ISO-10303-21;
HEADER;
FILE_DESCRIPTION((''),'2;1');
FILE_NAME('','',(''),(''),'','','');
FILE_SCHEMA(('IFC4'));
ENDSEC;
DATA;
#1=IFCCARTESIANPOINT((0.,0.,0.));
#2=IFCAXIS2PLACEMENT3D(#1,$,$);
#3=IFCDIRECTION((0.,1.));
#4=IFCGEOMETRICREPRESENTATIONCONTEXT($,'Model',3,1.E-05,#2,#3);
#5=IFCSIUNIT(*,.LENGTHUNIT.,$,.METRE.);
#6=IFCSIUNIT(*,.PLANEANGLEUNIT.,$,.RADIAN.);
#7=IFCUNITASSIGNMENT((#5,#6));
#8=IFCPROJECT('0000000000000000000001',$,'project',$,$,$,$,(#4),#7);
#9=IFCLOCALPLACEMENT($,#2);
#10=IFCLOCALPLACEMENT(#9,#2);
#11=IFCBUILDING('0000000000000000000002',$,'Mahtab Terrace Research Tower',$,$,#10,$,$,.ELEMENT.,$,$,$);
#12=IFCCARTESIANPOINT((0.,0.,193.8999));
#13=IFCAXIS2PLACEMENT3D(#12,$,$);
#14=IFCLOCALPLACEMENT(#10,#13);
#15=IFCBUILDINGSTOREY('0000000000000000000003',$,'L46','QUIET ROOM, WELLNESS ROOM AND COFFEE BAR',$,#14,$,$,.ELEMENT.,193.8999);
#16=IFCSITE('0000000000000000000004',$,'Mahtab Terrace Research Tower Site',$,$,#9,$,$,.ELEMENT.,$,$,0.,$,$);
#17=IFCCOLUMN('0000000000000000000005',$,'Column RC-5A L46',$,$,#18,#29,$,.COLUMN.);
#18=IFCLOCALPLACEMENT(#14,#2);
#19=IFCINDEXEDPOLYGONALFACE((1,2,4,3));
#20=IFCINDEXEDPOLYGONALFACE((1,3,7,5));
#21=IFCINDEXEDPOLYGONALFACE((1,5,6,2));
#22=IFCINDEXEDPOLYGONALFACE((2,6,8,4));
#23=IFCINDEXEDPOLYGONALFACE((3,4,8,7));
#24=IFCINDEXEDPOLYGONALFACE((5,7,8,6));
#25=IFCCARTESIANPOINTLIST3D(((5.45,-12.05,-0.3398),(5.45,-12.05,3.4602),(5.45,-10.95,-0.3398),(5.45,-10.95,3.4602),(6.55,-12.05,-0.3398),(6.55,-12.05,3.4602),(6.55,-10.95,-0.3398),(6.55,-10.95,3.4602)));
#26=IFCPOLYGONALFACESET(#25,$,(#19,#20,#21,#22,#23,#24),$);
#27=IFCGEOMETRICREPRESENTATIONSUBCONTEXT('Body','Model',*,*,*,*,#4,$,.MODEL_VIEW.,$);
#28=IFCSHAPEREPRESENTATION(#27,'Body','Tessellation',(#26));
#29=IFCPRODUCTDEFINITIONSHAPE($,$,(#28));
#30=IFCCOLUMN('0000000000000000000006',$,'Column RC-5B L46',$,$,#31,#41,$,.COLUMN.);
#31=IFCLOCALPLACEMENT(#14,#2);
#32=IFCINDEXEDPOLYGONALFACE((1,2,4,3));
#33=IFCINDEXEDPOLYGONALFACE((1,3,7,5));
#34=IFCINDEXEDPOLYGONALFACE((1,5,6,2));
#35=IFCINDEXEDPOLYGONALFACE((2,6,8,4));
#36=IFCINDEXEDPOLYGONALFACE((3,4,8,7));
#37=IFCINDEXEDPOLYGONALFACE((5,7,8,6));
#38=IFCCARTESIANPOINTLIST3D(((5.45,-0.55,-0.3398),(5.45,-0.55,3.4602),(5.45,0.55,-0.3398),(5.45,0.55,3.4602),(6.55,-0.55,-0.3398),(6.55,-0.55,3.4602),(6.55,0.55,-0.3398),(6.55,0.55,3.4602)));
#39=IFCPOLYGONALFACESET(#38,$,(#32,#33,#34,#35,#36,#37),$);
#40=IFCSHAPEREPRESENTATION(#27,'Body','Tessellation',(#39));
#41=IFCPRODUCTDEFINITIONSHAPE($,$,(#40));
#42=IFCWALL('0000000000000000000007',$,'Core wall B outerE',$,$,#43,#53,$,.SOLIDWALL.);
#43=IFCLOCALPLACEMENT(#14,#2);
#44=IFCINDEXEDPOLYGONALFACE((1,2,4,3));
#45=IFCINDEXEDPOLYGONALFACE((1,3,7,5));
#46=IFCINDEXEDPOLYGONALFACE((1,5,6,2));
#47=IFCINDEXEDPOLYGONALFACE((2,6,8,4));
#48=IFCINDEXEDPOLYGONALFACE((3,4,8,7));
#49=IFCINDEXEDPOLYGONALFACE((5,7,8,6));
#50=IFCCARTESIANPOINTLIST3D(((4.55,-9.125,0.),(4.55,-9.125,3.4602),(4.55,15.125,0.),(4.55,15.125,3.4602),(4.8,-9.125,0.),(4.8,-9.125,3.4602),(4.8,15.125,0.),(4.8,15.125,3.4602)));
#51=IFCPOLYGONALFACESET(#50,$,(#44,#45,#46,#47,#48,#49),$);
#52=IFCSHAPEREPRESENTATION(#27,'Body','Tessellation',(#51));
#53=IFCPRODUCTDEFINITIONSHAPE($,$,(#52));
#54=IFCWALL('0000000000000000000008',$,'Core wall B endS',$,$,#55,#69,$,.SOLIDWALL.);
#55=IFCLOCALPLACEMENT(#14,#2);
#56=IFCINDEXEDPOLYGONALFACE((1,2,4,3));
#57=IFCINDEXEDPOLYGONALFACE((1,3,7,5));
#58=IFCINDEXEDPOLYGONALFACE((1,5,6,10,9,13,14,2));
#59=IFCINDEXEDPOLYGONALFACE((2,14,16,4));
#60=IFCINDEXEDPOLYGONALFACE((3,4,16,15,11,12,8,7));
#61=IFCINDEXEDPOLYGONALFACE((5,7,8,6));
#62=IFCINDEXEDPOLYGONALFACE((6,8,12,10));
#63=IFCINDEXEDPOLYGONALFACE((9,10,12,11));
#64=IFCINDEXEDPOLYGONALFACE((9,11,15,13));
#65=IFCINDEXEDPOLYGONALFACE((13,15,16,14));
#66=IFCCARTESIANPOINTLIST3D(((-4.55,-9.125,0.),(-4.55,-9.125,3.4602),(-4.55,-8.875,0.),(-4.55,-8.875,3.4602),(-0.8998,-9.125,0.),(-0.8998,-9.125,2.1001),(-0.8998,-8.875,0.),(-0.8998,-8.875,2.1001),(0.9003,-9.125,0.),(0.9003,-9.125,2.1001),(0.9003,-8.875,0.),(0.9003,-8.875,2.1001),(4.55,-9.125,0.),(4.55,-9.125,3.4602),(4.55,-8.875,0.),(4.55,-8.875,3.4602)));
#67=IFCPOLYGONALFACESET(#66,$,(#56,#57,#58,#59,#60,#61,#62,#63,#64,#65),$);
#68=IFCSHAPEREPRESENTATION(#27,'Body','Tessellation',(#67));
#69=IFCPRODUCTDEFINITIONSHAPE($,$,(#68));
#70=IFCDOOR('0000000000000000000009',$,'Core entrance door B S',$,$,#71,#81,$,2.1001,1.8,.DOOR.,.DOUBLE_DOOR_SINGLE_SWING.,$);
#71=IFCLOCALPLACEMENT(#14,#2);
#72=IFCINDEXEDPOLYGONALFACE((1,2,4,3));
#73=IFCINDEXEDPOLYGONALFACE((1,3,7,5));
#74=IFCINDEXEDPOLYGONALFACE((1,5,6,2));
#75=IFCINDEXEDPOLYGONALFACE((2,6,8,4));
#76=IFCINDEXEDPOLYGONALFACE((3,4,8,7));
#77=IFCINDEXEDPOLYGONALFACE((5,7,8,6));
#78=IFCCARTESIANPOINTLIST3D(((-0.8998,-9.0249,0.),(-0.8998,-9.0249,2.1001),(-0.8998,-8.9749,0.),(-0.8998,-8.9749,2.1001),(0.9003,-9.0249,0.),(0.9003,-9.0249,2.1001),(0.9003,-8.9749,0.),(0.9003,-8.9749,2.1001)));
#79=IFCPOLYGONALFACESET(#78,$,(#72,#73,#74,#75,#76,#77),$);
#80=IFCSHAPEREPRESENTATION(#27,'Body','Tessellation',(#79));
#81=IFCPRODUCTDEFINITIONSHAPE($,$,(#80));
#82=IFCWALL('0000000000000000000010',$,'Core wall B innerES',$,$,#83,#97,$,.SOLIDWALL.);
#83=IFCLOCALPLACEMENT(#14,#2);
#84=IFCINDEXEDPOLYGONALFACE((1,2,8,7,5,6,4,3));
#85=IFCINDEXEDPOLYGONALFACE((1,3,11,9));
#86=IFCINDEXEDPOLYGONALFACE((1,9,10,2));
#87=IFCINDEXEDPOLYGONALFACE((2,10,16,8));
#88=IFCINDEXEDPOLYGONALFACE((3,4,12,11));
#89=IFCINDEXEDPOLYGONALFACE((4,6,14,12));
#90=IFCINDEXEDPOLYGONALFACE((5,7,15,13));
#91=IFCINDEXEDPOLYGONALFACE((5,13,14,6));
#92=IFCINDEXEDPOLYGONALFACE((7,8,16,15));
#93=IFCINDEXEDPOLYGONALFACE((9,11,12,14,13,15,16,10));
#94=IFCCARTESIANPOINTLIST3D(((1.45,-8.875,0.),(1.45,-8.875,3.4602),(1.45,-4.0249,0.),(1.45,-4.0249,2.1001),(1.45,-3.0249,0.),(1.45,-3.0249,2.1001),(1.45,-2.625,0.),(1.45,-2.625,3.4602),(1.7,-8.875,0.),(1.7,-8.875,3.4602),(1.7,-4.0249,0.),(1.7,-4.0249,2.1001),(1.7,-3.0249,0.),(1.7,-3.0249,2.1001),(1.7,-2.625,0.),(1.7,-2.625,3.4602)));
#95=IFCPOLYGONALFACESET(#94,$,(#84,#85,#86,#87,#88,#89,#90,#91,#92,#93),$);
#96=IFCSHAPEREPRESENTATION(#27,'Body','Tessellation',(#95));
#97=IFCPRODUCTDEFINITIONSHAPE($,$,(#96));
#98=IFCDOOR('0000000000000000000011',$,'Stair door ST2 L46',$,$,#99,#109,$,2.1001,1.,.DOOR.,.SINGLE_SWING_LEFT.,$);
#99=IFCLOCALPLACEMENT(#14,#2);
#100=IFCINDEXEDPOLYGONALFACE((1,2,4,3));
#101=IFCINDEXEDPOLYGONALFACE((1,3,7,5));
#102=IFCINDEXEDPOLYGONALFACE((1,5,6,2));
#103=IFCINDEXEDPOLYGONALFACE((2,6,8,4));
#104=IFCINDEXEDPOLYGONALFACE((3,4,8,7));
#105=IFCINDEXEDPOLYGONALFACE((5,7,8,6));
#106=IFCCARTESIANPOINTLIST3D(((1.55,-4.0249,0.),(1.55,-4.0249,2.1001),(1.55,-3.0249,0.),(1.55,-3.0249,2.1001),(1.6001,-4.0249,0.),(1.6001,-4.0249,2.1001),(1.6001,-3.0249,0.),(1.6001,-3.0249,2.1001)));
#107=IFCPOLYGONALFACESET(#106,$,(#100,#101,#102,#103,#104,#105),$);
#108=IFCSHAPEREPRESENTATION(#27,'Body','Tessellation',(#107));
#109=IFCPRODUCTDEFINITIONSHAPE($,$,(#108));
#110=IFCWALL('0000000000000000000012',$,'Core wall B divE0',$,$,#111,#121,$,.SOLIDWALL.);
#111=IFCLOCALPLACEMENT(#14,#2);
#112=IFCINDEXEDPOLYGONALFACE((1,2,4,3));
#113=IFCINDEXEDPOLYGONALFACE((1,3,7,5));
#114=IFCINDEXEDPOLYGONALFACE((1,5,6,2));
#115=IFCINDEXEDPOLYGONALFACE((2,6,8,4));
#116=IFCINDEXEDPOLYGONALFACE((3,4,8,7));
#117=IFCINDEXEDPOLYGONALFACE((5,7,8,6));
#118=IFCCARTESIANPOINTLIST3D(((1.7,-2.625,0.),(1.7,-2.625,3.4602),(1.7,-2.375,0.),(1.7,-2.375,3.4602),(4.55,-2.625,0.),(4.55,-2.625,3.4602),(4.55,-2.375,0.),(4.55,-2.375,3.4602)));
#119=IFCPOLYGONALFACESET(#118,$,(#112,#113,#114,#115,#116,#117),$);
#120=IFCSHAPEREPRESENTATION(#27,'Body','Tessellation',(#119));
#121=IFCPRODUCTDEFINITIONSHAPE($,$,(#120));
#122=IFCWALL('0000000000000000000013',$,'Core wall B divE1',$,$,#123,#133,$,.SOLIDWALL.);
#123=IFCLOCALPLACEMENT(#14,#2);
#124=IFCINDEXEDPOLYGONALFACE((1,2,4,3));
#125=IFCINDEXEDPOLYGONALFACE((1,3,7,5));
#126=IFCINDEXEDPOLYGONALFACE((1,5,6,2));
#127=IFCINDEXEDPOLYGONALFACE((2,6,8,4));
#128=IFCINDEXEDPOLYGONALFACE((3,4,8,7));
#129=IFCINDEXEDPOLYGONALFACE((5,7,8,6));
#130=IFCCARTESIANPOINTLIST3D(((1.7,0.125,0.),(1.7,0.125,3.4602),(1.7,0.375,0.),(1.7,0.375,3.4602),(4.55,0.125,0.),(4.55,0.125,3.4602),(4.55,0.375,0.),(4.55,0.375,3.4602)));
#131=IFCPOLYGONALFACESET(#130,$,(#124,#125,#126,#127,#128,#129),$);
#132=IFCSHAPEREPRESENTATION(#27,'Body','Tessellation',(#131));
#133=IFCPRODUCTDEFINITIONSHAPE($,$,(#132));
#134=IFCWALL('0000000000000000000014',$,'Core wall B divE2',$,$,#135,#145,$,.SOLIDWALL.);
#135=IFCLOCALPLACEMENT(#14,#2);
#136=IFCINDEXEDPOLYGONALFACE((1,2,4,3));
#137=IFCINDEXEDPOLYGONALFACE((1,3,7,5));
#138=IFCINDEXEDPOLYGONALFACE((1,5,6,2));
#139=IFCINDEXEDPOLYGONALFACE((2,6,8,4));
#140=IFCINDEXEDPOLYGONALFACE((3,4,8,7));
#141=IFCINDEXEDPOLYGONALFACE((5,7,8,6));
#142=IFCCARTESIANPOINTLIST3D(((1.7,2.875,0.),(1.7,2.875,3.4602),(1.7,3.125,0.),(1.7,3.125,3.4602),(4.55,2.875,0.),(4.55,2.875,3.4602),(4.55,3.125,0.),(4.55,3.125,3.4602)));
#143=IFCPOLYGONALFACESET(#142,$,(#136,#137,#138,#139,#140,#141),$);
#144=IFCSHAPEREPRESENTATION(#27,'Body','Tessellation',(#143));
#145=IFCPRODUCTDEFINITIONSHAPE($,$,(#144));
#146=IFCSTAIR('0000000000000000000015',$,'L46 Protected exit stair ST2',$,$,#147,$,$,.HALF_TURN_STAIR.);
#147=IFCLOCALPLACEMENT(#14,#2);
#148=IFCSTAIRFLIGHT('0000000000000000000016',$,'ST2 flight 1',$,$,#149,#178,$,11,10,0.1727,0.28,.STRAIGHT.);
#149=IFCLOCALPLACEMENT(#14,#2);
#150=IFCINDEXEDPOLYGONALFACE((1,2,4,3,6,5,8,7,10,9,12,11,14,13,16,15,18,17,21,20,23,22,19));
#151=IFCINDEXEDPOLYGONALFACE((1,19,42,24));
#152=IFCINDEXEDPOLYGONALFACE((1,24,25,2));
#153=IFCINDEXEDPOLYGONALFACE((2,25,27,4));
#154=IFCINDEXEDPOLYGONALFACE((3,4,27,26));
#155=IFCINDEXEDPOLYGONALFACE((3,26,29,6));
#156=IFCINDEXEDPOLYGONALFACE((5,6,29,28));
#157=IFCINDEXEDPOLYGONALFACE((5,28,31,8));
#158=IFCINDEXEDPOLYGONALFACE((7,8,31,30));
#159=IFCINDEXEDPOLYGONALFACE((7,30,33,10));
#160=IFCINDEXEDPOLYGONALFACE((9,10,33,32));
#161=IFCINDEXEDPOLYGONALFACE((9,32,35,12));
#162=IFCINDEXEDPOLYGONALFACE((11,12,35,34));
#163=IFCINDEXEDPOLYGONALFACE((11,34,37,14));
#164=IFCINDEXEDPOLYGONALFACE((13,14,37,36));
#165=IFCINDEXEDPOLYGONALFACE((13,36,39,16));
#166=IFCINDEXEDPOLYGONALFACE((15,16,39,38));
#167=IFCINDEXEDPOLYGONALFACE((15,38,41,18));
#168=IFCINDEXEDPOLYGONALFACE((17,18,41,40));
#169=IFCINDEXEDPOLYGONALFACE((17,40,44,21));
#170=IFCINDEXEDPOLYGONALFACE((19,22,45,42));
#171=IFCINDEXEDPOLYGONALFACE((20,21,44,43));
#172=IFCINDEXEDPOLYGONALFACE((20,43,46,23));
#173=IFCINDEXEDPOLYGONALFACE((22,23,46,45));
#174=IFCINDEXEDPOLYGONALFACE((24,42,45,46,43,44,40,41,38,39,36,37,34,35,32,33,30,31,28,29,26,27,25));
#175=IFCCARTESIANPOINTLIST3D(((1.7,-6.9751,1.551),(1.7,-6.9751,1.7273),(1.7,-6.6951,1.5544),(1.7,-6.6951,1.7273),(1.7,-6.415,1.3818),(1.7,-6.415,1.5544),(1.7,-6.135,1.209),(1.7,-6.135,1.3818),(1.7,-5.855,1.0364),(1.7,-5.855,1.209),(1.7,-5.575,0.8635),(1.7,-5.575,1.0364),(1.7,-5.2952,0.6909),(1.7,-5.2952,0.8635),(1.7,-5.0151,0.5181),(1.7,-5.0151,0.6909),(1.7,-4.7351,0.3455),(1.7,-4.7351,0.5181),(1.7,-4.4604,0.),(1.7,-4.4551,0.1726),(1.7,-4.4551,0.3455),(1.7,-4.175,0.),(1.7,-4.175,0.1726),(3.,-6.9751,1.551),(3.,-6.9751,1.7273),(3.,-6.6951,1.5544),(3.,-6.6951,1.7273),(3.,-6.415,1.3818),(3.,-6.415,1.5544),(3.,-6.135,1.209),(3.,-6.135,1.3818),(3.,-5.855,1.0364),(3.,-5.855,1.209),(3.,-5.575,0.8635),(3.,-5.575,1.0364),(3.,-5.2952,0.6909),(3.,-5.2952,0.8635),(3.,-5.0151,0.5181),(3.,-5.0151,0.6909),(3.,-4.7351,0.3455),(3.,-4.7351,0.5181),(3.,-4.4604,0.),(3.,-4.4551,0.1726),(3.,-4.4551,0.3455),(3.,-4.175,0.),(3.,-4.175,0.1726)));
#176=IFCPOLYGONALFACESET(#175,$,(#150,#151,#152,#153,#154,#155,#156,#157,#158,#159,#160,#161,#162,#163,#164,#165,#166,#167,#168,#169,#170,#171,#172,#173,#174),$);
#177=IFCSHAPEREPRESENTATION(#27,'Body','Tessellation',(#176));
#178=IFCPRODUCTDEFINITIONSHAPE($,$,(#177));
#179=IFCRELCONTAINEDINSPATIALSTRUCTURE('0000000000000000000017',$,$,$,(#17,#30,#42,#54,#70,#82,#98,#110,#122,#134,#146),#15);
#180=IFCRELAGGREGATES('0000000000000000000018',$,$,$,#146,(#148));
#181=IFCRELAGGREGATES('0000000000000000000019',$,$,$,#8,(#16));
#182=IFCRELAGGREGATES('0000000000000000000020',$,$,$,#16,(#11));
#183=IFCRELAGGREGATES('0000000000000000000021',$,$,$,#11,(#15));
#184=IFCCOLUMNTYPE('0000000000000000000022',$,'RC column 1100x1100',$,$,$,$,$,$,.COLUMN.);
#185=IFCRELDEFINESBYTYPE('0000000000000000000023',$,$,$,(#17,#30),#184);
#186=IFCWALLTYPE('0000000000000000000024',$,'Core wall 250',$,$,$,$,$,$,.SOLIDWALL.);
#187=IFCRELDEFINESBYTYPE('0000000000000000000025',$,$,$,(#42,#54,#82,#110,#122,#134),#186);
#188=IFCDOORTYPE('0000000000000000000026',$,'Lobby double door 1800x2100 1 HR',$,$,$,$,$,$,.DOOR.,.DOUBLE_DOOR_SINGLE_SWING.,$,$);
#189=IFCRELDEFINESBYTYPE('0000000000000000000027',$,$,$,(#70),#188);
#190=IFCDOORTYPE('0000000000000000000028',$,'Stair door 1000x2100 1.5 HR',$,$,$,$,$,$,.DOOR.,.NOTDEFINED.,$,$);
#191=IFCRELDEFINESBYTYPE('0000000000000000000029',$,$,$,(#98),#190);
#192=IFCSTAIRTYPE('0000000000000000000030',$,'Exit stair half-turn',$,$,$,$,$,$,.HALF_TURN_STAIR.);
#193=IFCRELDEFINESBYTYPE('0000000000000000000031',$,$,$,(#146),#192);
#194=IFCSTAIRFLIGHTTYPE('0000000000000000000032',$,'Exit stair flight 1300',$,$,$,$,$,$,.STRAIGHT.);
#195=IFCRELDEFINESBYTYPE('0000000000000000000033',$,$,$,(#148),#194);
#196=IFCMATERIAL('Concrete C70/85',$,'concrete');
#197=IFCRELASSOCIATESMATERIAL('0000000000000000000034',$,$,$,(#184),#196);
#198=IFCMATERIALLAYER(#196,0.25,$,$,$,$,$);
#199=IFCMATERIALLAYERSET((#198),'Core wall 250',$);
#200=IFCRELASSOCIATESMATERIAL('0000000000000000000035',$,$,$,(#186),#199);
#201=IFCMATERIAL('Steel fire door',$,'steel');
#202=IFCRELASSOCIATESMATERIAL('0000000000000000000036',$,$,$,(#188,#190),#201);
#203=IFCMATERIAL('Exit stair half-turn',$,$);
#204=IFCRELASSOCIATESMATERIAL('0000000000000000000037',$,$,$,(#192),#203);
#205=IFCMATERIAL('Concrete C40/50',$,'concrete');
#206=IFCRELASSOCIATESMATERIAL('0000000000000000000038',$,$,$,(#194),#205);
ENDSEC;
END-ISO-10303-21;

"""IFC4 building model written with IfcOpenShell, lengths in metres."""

from ifc_helpers import new_model, si_unit, direction, frame, frame_2d, origin, origin_2d, place, context, subcontext, project, spatial, polyline, rectangle, outline, extrude, material, layer, layer_set, material_profile, profile_set, type_object, element, fill, aggregate, save


model = new_model("IFC4")

# Units and contexts
model_context = context("Model", 3, precision=1e-05, world=origin(), true_north=direction((0.0, 1.0)))
body_context = subcontext(model_context, "Body", "Model", "MODEL_VIEW")
ifc_project = project(units=[si_unit("LENGTHUNIT", "METRE"), si_unit("PLANEANGLEUNIT", "RADIAN")], contexts=[model_context])

# Site, building, storey
site_placement = place(None, origin())
site = spatial("IfcSite", under=ifc_project, at=site_placement, Name="Mahtab Terrace Research Tower Site", CompositionType="ELEMENT", RefElevation=0.0)
building_placement = place(site_placement, origin())
building = spatial("IfcBuilding", under=site, at=building_placement, Name="Mahtab Terrace Research Tower", CompositionType="ELEMENT")
storey_placement = place(building_placement, frame((0.0, 0.0, 193.8999)))
storey = spatial("IfcBuildingStorey", under=building, at=storey_placement, Name="L46", Description="QUIET ROOM, WELLNESS ROOM AND COFFEE BAR", CompositionType="ELEMENT", Elevation=193.8999)

# Columns
ifc_material_1 = material(Name="Concrete C70/85", Category="concrete")
ifc_material_profile = material_profile(ifc_material_1, rectangle(XDim=1.1001, YDim=1.1001, at=origin_2d()), Name="RC column 1100x1100")
ifc_profile_set = profile_set([ifc_material_profile], Name="Concrete C70/85")
column_type = type_object("IfcColumnType", Name="RC column 1100x1100", PredefinedType="COLUMN", material=ifc_profile_set)
for number, where, z_axis, x_axis, name in (
    (1, (6.0, -11.5, -0.3398), (0.0, 0.0, 1.0), (1.0, 0.0, 0.0), "Column RC-5A L46"),
    (2, (6.0, 0.0, -0.3398), (0.0, 0.0, 1.0), (1.0, 0.0, 0.0), "Column RC-5B L46"),
):
    element("IfcColumn", number, at=place(storey_placement, frame(where, z_axis=z_axis, x_axis=x_axis)), inside=storey, type_object=column_type, Name=name, PredefinedType="COLUMN", context=body_context, shape_type="SweptSolid", body=[
        extrude(rectangle(XDim=1.1001, YDim=1.1001, at=origin_2d()), origin(), (0.0, 0.0, 1.0), 3.8),
    ])

# Wall
ifc_layer = layer(ifc_material_1, 0.25)
ifc_layer_set = layer_set([ifc_layer], Name="Core wall 250")
wall_type = type_object("IfcWallType", Name="Core wall 250", PredefinedType="SOLIDWALL", material=ifc_layer_set)
wall_1_placement = place(storey_placement, frame((4.675, -9.125, 0.0), z_axis=(0.0, 0.0, 1.0), x_axis=(0.0, 1.0, 0.0)))
element("IfcWall", 3, at=wall_1_placement, inside=storey, type_object=wall_type, Name="Core wall B outerE", PredefinedType="SOLIDWALL", context=body_context, shape_type="SweptSolid", body=[
    extrude(rectangle(XDim=24.25, YDim=0.25, at=frame_2d((12.125, 0.0))), origin(), (0.0, 0.0, 1.0), 3.4602),
])

# Walls, openings, doors
wall_2_placement = place(storey_placement, frame((4.55, -9.0, 0.0), z_axis=(0.0, 0.0, 1.0), x_axis=(-1.0, 0.0, 0.0)))
wall_2 = element("IfcWall", 4, at=wall_2_placement, inside=storey, type_object=wall_type, Name="Core wall B endS", PredefinedType="SOLIDWALL", context=body_context, shape_type="SweptSolid", body=[
    extrude(rectangle(XDim=9.1001, YDim=0.25, at=frame_2d((4.55, 0.0))), origin(), (0.0, 0.0, 1.0), 3.4602),
])
opening_1_placement = place(wall_2_placement, frame((3.6499, 0.0, 0.0)))
opening_1 = element("IfcOpeningElement", 5, at=opening_1_placement, cuts=wall_2, PredefinedType="OPENING", context=body_context, shape_type="SweptSolid", body=[
    extrude(rectangle(XDim=1.8, YDim=2.1001, at=frame_2d((0.8999, 1.05))), frame((0.0, 0.135, 0.0), z_axis=(0.0, -1.0, 0.0), x_axis=(1.0, 0.0, 0.0)), (0.0, 0.0, 1.0), 0.27),
])
ifc_material_2 = material(Name="Steel fire door", Category="steel")
door_type_1 = type_object("IfcDoorType", Name="Lobby double door 1800x2100 1 HR", OperationType="DOUBLE_DOOR_SINGLE_SWING", PredefinedType="DOOR", material=ifc_material_2)
door_1_placement = place(opening_1_placement, origin())
door_1 = element("IfcDoor", 6, at=door_1_placement, inside=storey, type_object=door_type_1, Name="Core entrance door B S", OperationType="DOUBLE_DOOR_SINGLE_SWING", OverallHeight=2.1001, OverallWidth=1.8, PredefinedType="DOOR", context=body_context, shape_type="SweptSolid", body=[
    extrude(rectangle(XDim=1.8, YDim=2.1001, at=frame_2d((0.8999, 1.05))), frame((0.0, 0.0249, 0.0), z_axis=(0.0, -1.0, 0.0), x_axis=(1.0, 0.0, 0.0)), (0.0, 0.0, 1.0), 0.05),
])
fill(opening_1, door_1)
wall_3_placement = place(storey_placement, frame((1.575, -8.875, 0.0), z_axis=(0.0, 0.0, 1.0), x_axis=(0.0, 1.0, 0.0)))
wall_3 = element("IfcWall", 7, at=wall_3_placement, inside=storey, type_object=wall_type, Name="Core wall B innerES", PredefinedType="SOLIDWALL", context=body_context, shape_type="SweptSolid", body=[
    extrude(rectangle(XDim=6.25, YDim=0.25, at=frame_2d((3.125, 0.0))), origin(), (0.0, 0.0, 1.0), 3.4602),
])
opening_2_placement = place(wall_3_placement, frame((4.8501, 0.0, 0.0)))
opening_2 = element("IfcOpeningElement", 8, at=opening_2_placement, cuts=wall_3, PredefinedType="OPENING", context=body_context, shape_type="SweptSolid", body=[
    extrude(rectangle(XDim=1.0, YDim=2.1001, at=frame_2d((0.5, 1.05))), frame((0.0, 0.135, 0.0), z_axis=(0.0, -1.0, 0.0), x_axis=(1.0, 0.0, 0.0)), (0.0, 0.0, 1.0), 0.27),
])
door_type_2 = type_object("IfcDoorType", Name="Stair door 1000x2100 1.5 HR", OperationType="NOTDEFINED", PredefinedType="DOOR", material=ifc_material_2)
door_2_placement = place(opening_2_placement, origin())
door_2 = element("IfcDoor", 9, at=door_2_placement, inside=storey, type_object=door_type_2, Name="Stair door ST2 L46", OperationType="SINGLE_SWING_LEFT", OverallHeight=2.1001, OverallWidth=1.0, PredefinedType="DOOR", context=body_context, shape_type="SweptSolid", body=[
    extrude(rectangle(XDim=1.0, YDim=2.1001, at=frame_2d((0.5, 1.05))), frame((0.0, 0.0249, 0.0), z_axis=(0.0, -1.0, 0.0), x_axis=(1.0, 0.0, 0.0)), (0.0, 0.0, 1.0), 0.05),
])
fill(opening_2, door_2)

# Walls
for number, where, z_axis, x_axis, name in (
    (10, (1.7, -2.5, 0.0), (0.0, 0.0, 1.0), (1.0, 0.0, 0.0), "Core wall B divE0"),
    (11, (1.7, 0.25, 0.0), (0.0, 0.0, 1.0), (1.0, 0.0, 0.0), "Core wall B divE1"),
    (12, (1.7, 3.0, 0.0), (0.0, 0.0, 1.0), (1.0, 0.0, 0.0), "Core wall B divE2"),
):
    element("IfcWall", number, at=place(storey_placement, frame(where, z_axis=z_axis, x_axis=x_axis)), inside=storey, type_object=wall_type, Name=name, PredefinedType="SOLIDWALL", context=body_context, shape_type="SweptSolid", body=[
        extrude(rectangle(XDim=2.8501, YDim=0.25, at=frame_2d((1.425, 0.0))), origin(), (0.0, 0.0, 1.0), 3.4602),
    ])

# Stair, stair flight
ifc_material_3 = material(Name="Exit stair half-turn")
stair_type = type_object("IfcStairType", Name="Exit stair half-turn", PredefinedType="HALF_TURN_STAIR", material=ifc_material_3)
stair_placement = place(storey_placement, origin())
stair = element("IfcStair", 13, at=stair_placement, inside=storey, type_object=stair_type, Name="L46 Protected exit stair ST2", PredefinedType="HALF_TURN_STAIR")
ifc_material_4 = material(Name="Concrete C40/50", Category="concrete")
stair_flight_type = type_object("IfcStairFlightType", Name="Exit stair flight 1300", PredefinedType="STRAIGHT", material=ifc_material_4)
stair_flight_1_placement = place(storey_placement, frame((2.3501, -4.175, 0.0), z_axis=(0.0, 0.0, 1.0), x_axis=(0.0, -1.0, 0.0)))
stair_flight_1 = element("IfcStairFlight", 14, at=stair_flight_1_placement, type_object=stair_flight_type, Name="ST2 flight 1", NumberOfRisers=11, NumberOfTreads=10, PredefinedType="STRAIGHT", RiserHeight=0.1727, TreadLength=0.28, context=body_context, shape_type="SweptSolid", body=[
    extrude(outline(polyline([(0.0, 0.0), (0.0, 0.1726), (0.28, 0.1726), (0.28, 0.3455), (0.5601, 0.3455), (0.5601, 0.5181), (0.8401, 0.5181), (0.8401, 0.6909), (1.1201, 0.6909), (1.1201, 0.8635), (1.3999, 0.8635), (1.3999, 1.0364), (1.6799, 1.0364), (1.6799, 1.209), (1.96, 1.209), (1.96, 1.3818), (2.24, 1.3818), (2.24, 1.5544), (2.52, 1.5544), (2.52, 1.7273), (2.8, 1.7273), (2.8, 1.8999), (2.8, 1.551), (0.2854, 0.0), (0.0, 0.0)])), frame((0.0, 0.6499, 0.0), z_axis=(0.0, -1.0, 0.0), x_axis=(1.0, 0.0, 0.0)), (0.0, 0.0, 1.0), 1.3),
])
aggregate(stair, [stair_flight_1])

save(model, "model.ifc")
